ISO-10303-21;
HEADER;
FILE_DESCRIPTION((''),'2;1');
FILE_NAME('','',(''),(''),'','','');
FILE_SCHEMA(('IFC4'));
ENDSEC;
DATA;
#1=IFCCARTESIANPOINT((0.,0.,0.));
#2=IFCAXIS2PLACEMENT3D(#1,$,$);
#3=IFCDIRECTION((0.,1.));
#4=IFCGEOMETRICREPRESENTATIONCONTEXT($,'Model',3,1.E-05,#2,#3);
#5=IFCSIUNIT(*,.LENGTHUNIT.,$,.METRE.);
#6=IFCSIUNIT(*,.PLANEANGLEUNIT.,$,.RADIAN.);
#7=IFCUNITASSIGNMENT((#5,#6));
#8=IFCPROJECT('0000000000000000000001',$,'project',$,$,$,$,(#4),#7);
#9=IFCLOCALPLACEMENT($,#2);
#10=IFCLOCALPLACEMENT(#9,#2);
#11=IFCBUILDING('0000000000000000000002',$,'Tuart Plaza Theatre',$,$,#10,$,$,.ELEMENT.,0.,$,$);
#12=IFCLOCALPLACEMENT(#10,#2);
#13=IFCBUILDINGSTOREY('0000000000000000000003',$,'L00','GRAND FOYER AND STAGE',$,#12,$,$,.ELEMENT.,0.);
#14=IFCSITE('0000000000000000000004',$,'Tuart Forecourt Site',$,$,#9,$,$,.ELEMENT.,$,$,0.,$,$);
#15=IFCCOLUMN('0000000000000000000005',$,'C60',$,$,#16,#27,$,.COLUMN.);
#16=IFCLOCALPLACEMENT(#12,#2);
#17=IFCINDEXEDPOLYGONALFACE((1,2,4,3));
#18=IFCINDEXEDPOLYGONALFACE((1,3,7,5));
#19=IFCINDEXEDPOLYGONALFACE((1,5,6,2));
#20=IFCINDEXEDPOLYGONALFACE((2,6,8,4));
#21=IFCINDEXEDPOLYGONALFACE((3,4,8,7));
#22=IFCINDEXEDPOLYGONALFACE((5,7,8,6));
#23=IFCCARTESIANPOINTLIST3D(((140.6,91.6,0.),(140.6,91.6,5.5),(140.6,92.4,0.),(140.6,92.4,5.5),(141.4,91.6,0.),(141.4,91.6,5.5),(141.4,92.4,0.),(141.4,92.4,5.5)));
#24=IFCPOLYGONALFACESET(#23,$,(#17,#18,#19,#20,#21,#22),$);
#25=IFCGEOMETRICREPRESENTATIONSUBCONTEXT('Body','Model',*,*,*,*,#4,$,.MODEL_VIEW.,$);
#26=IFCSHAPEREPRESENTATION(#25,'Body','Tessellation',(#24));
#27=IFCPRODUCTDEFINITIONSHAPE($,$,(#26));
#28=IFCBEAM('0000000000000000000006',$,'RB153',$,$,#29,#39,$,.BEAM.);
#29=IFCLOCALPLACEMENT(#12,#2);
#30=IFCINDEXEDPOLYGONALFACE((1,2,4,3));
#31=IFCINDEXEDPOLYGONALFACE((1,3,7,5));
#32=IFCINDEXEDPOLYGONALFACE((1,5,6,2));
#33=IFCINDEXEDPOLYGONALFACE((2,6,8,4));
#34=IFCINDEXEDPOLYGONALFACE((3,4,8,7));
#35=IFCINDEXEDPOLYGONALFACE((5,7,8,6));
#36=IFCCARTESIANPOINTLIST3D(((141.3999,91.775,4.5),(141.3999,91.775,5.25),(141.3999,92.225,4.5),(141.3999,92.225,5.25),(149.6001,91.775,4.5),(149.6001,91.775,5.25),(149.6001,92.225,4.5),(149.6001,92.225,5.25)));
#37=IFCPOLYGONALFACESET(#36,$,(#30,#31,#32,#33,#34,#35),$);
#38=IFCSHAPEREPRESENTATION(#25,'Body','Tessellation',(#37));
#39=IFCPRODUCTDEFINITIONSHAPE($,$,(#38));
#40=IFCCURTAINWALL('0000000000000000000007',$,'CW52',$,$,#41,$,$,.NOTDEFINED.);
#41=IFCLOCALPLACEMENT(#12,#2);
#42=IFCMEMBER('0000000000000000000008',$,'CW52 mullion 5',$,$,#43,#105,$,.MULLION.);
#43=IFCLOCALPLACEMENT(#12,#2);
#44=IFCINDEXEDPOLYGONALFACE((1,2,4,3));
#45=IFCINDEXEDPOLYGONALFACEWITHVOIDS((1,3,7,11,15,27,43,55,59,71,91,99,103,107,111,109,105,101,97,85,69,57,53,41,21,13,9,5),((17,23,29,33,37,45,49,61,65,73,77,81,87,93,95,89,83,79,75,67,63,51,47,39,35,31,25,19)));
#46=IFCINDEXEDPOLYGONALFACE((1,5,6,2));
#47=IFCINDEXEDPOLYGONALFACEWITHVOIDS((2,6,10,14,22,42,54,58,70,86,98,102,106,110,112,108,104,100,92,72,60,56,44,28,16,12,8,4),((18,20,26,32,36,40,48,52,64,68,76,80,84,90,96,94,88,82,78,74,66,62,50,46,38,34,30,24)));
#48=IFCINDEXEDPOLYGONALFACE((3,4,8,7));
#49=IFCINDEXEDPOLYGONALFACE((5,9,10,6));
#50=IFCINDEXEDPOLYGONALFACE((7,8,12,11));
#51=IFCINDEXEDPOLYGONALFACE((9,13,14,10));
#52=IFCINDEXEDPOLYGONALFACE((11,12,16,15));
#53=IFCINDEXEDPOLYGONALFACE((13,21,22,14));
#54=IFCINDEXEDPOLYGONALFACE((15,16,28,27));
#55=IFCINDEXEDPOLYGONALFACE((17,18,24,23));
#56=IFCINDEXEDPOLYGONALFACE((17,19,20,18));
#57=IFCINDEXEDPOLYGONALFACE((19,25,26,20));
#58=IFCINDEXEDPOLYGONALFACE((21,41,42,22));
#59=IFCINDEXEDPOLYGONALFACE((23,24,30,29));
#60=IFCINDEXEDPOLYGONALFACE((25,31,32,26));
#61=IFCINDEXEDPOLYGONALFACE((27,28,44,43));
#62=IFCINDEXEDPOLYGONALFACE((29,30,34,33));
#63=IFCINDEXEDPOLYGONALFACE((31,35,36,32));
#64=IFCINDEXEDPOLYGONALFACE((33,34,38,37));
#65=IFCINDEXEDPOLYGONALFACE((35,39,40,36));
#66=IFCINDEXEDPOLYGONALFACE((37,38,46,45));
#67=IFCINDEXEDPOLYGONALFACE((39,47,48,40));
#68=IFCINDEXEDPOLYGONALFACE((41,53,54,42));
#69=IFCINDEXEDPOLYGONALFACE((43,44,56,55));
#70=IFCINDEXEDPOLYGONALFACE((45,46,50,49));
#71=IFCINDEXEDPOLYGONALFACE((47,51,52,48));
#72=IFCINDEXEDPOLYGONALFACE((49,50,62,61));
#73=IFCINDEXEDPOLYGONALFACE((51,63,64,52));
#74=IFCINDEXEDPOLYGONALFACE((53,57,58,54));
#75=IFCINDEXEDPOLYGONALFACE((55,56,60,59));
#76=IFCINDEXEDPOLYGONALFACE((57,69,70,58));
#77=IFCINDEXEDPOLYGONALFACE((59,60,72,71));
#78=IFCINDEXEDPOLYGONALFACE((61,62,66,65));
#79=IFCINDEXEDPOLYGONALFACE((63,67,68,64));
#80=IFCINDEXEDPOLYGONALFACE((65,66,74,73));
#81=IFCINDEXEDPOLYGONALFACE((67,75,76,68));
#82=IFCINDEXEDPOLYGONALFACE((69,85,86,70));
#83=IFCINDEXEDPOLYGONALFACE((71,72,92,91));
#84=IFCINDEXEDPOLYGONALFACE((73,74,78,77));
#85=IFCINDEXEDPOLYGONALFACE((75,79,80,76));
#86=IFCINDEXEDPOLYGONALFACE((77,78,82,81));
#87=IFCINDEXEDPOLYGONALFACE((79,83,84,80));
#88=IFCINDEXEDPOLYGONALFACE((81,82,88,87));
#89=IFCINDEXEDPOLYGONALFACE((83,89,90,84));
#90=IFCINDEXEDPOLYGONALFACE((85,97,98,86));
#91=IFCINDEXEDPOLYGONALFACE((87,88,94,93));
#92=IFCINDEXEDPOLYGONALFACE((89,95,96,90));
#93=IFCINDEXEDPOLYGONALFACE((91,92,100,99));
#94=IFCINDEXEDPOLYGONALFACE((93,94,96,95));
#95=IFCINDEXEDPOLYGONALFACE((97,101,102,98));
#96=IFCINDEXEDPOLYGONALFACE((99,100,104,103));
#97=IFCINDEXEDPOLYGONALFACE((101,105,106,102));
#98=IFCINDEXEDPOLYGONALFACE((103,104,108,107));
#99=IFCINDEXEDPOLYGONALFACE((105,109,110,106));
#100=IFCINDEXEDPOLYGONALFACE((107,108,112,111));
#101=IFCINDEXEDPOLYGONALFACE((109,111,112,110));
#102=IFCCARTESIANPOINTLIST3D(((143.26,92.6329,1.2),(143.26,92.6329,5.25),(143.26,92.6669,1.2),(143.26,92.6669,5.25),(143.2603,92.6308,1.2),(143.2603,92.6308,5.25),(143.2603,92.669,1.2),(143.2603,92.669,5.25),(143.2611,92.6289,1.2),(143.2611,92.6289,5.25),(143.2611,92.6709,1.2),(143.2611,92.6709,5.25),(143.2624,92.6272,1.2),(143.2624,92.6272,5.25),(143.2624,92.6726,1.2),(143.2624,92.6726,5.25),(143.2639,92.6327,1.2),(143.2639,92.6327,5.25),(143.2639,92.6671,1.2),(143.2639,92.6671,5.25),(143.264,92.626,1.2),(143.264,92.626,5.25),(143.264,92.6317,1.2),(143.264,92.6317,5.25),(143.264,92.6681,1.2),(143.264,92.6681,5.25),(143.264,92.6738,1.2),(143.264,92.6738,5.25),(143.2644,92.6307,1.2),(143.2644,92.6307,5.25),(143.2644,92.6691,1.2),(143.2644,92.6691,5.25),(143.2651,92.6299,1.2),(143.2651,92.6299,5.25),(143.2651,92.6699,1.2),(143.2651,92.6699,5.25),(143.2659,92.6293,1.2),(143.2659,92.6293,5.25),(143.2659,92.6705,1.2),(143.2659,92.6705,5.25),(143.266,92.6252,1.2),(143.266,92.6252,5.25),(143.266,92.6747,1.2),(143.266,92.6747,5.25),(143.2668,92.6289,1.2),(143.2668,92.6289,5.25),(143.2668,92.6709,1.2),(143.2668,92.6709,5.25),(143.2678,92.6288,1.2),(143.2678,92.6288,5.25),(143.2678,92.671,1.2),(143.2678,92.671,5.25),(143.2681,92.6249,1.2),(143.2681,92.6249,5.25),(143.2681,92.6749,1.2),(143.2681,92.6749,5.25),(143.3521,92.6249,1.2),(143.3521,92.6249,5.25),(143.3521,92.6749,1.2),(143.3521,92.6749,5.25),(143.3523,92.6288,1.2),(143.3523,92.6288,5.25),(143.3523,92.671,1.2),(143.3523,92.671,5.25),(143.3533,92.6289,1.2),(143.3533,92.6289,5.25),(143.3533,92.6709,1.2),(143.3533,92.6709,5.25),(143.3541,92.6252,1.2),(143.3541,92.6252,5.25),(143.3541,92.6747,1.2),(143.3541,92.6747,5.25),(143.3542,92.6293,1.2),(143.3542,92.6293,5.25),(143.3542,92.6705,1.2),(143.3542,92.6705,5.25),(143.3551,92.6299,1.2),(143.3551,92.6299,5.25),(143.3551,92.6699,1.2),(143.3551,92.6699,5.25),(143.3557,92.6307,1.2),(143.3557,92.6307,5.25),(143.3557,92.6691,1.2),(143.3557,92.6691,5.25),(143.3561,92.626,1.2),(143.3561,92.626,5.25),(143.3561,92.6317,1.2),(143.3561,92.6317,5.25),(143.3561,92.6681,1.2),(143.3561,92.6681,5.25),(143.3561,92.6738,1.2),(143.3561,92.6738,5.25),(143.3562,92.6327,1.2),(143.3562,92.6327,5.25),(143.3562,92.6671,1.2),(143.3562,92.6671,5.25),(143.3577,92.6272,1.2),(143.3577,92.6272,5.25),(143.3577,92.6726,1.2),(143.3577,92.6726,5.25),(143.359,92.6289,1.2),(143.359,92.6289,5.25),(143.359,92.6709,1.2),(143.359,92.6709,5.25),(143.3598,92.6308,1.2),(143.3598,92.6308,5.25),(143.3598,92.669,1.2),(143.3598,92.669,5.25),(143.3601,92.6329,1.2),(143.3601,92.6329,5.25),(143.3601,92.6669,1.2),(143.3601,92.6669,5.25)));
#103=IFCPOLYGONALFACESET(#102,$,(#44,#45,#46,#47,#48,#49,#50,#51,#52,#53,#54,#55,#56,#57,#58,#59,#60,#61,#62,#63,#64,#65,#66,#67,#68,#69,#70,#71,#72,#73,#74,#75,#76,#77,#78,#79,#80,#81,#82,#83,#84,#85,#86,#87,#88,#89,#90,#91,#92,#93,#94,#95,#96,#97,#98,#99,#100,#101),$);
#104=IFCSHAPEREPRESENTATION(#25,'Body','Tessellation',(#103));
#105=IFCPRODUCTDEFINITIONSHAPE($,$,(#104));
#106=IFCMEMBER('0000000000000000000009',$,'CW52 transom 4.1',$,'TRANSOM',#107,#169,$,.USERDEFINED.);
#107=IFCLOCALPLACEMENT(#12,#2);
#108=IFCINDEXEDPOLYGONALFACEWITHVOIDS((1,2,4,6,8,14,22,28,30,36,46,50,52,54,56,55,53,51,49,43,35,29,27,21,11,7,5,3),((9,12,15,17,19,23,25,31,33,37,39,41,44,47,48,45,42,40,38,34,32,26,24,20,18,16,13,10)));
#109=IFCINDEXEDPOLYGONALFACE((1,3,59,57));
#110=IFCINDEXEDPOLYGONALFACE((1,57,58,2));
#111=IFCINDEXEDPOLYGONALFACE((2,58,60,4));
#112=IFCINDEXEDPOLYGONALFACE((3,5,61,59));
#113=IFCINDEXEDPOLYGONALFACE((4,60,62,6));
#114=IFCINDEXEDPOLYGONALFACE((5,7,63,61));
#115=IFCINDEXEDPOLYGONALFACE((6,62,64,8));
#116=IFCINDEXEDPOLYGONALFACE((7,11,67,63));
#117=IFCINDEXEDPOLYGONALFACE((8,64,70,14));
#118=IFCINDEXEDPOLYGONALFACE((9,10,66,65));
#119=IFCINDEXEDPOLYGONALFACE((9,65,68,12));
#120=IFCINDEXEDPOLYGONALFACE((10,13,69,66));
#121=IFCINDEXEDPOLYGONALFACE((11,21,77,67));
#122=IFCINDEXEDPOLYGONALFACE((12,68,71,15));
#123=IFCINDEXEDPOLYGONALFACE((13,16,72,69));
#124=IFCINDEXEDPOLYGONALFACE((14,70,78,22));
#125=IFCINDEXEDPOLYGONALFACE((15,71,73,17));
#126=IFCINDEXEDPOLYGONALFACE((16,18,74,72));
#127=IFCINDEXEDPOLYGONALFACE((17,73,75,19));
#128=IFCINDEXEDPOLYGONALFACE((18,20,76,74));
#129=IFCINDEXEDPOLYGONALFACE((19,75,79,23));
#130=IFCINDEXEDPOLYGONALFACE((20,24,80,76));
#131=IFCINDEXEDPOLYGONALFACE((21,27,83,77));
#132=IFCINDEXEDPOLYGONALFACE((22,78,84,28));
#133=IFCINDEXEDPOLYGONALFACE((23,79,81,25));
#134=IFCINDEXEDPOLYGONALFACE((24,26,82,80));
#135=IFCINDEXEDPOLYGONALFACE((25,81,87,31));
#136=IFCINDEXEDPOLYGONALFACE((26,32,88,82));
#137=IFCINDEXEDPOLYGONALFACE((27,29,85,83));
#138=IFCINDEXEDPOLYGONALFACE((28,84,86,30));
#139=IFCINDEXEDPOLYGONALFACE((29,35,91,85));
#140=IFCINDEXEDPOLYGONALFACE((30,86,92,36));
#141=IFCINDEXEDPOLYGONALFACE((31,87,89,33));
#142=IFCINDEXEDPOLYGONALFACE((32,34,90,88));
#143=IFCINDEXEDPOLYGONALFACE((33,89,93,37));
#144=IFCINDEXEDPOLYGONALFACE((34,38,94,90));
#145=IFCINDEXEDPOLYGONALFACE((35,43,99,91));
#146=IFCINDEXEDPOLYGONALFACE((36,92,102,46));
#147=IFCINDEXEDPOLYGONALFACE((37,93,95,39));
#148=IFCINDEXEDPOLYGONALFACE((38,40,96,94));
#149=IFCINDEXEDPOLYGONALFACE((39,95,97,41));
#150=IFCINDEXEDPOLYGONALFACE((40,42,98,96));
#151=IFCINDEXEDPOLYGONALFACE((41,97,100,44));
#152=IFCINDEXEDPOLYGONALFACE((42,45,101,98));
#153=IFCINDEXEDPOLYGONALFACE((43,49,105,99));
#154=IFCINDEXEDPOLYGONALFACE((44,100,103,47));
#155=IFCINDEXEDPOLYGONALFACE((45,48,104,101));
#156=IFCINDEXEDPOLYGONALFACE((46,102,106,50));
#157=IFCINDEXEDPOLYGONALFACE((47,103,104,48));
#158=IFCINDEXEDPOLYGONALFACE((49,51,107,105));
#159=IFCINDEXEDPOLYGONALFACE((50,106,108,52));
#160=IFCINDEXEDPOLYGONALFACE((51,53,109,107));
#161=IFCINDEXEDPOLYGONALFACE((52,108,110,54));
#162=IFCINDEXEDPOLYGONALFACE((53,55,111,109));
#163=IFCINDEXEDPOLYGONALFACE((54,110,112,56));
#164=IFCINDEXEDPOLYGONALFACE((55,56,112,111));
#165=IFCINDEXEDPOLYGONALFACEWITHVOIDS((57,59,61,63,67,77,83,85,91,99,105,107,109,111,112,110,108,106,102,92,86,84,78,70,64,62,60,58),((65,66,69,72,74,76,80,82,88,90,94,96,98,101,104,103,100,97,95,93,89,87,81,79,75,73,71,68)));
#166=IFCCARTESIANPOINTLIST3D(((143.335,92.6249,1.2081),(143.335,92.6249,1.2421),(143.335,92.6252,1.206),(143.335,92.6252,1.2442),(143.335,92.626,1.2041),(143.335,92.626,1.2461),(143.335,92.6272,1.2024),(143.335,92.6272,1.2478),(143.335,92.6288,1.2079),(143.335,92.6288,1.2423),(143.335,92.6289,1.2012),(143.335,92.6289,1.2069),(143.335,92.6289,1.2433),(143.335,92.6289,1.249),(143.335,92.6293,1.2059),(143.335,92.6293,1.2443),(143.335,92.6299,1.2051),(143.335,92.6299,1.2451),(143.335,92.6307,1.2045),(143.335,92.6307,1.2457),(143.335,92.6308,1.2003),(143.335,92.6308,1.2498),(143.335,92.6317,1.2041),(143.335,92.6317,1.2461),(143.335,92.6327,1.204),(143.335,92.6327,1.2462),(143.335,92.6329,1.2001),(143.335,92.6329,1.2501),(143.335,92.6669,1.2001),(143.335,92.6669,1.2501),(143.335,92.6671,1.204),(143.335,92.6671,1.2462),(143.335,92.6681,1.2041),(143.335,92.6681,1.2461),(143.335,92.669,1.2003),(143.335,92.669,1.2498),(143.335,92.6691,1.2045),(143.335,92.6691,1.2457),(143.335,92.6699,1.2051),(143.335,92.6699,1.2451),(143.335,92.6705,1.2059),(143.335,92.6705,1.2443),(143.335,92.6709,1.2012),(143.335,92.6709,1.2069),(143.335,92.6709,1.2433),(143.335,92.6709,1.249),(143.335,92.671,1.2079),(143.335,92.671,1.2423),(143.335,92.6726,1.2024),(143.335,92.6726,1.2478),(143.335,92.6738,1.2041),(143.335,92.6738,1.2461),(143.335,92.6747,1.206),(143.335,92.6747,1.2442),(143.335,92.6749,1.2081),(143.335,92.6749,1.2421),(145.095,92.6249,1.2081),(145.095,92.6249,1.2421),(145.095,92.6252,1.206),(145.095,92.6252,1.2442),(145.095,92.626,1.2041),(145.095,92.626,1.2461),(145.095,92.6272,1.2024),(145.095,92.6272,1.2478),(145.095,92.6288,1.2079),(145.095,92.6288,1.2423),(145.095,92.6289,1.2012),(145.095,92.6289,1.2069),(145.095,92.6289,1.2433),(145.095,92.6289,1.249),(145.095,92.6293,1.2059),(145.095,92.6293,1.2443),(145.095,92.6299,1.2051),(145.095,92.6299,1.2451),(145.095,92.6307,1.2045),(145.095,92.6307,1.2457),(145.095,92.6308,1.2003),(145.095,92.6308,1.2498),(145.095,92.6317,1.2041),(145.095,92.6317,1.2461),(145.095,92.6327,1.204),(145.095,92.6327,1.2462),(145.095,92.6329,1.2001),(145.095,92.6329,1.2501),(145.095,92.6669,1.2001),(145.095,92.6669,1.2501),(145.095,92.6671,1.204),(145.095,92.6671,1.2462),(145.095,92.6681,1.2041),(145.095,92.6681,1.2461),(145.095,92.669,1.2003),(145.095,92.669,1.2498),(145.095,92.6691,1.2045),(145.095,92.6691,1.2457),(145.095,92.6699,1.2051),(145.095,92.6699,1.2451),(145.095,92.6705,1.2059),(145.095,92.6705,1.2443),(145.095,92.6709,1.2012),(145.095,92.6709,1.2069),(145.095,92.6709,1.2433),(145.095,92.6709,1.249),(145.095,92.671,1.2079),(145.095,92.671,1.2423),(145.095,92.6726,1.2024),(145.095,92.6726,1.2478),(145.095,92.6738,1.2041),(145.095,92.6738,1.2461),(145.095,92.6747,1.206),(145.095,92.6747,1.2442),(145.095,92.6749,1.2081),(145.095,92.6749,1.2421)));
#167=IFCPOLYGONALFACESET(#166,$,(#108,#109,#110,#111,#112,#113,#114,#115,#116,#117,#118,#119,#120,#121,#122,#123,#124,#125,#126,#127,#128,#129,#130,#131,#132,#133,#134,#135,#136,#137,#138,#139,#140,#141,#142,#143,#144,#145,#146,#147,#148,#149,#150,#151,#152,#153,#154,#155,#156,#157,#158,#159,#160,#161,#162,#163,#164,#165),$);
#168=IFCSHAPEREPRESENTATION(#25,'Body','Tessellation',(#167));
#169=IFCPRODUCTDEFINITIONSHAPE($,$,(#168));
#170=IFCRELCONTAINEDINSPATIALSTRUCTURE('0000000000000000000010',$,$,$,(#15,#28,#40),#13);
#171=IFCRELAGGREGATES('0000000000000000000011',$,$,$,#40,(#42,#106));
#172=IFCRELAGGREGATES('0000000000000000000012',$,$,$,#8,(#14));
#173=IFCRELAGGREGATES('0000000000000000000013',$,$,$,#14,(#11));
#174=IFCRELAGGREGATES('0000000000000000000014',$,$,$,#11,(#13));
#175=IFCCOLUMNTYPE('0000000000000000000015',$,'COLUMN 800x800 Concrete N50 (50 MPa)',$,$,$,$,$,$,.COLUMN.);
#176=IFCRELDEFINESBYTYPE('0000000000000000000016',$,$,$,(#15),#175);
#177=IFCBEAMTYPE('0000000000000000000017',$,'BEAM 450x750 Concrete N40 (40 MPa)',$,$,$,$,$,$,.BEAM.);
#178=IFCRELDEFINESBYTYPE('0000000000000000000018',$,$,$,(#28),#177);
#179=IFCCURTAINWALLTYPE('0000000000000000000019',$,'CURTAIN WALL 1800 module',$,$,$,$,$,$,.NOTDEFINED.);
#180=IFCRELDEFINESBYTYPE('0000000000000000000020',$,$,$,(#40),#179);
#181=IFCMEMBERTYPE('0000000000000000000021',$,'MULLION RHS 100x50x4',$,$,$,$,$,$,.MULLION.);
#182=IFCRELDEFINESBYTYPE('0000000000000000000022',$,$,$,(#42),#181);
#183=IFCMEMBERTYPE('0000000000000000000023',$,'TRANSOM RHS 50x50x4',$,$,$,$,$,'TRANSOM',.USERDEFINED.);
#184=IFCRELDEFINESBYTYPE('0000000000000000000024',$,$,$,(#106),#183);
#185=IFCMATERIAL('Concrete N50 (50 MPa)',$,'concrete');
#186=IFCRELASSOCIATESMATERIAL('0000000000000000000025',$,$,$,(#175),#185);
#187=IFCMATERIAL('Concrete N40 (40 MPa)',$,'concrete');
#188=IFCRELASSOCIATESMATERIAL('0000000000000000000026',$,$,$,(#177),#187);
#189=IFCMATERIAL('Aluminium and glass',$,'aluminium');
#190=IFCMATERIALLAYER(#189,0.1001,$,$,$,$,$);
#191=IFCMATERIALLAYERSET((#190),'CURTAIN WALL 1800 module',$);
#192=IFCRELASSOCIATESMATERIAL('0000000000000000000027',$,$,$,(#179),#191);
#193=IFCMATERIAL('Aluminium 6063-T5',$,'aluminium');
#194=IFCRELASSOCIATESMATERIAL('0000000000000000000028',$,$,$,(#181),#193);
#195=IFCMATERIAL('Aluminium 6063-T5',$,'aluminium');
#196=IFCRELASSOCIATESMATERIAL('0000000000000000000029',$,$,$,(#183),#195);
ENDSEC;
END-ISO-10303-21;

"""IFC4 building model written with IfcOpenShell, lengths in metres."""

from ifc_helpers import new_model, si_unit, direction, frame, origin, origin_2d, place, context, subcontext, project, spatial, rectangle, hollow_rectangle, extrude, material, layer, layer_set, material_profile, profile_set, type_object, element, aggregate, save


model = new_model("IFC4")

# Units and contexts
model_context = context("Model", 3, precision=1e-05, world=origin(), true_north=direction((0.0, 1.0)))
body_context = subcontext(model_context, "Body", "Model", "MODEL_VIEW")
ifc_project = project(units=[si_unit("LENGTHUNIT", "METRE"), si_unit("PLANEANGLEUNIT", "RADIAN")], contexts=[model_context])

# Site, building, storey
site_placement = place(None, origin())
site = spatial("IfcSite", under=ifc_project, at=site_placement, Name="Tuart Forecourt Site", CompositionType="ELEMENT", RefElevation=0.0)
building_placement = place(site_placement, origin())
building = spatial("IfcBuilding", under=site, at=building_placement, Name="Tuart Plaza Theatre", CompositionType="ELEMENT", ElevationOfRefHeight=0.0)
storey_placement = place(building_placement, origin())
storey = spatial("IfcBuildingStorey", under=building, at=storey_placement, Name="L00", Description="GRAND FOYER AND STAGE", CompositionType="ELEMENT", Elevation=0.0)

# Column
ifc_material_1 = material(Name="Concrete N50 (50 MPa)", Category="concrete")
ifc_material_profile_1 = material_profile(ifc_material_1, rectangle(XDim=0.8, YDim=0.8, at=origin_2d()), Name="COLUMN 800x800 Concrete N50 (50 MPa)")
ifc_profile_set_1 = profile_set([ifc_material_profile_1], Name="Concrete N50 (50 MPa)")
column_type = type_object("IfcColumnType", Name="COLUMN 800x800 Concrete N50 (50 MPa)", PredefinedType="COLUMN", material=ifc_profile_set_1)
column_placement = place(storey_placement, frame((141.0, 92.0, 0.0), z_axis=(0.0, 0.0, 1.0), x_axis=(1.0, 0.0, 0.0)))
element("IfcColumn", 1, at=column_placement, inside=storey, type_object=column_type, Name="C60", PredefinedType="COLUMN", context=body_context, shape_type="SweptSolid", body=[
    extrude(rectangle(XDim=0.8, YDim=0.8, at=origin_2d()), origin(), (0.0, 0.0, 1.0), 5.5),
])

# Beam
ifc_material_2 = material(Name="Concrete N40 (40 MPa)", Category="concrete")
ifc_material_profile_2 = material_profile(ifc_material_2, rectangle(XDim=0.45, YDim=0.75, at=origin_2d()), Name="BEAM 450x750 Concrete N40 (40 MPa)")
ifc_profile_set_2 = profile_set([ifc_material_profile_2], Name="Concrete N40 (40 MPa)")
beam_type = type_object("IfcBeamType", Name="BEAM 450x750 Concrete N40 (40 MPa)", PredefinedType="BEAM", material=ifc_profile_set_2)
beam_placement = place(storey_placement, frame((141.3999, 92.0, 4.875), z_axis=(1.0, 0.0, 0.0), x_axis=(0.0, 1.0, 0.0)))
element("IfcBeam", 2, at=beam_placement, inside=storey, type_object=beam_type, Name="RB153", PredefinedType="BEAM", context=body_context, shape_type="SweptSolid", body=[
    extrude(rectangle(XDim=0.45, YDim=0.75, at=origin_2d()), origin(), (0.0, 0.0, 1.0), 8.2002),
])

# Curtain wall, members
ifc_material_3 = material(Name="Aluminium and glass", Category="aluminium")
ifc_layer_1 = layer(ifc_material_3, 0.1001)
ifc_layer_set_1 = layer_set([ifc_layer_1], Name="CURTAIN WALL 1800 module")
curtain_wall_type_1 = type_object("IfcCurtainWallType", Name="CURTAIN WALL 1800 module", PredefinedType="NOTDEFINED", material=ifc_layer_set_1)
curtain_wall_1_placement = place(storey_placement, origin())
curtain_wall_1 = element("IfcCurtainWall", 3, at=curtain_wall_1_placement, inside=storey, type_object=curtain_wall_type_1, Name="CW52", PredefinedType="NOTDEFINED")
ifc_material_4 = material(Name="Aluminium 6063-T5", Category="aluminium")
ifc_material_profile_3 = material_profile(ifc_material_4, hollow_rectangle(XDim=0.05, YDim=0.1001, WallThickness=0.0039, InnerFilletRadius=0.0039, OuterFilletRadius=0.0081, at=origin_2d()), Name="RHS 100x50x4")
ifc_profile_set_3 = profile_set([ifc_material_profile_3], Name="Aluminium 6063-T5")
member_type_1 = type_object("IfcMemberType", Name="MULLION RHS 100x50x4", PredefinedType="MULLION", material=ifc_profile_set_3)
member_1_placement = place(storey_placement, frame((143.3101, 92.6499, 1.2), z_axis=(0.0, 0.0, 1.0), x_axis=(0.0, -1.0, 0.0)))
member_1 = element("IfcMember", 4, at=member_1_placement, type_object=member_type_1, Name="CW52 mullion 5", PredefinedType="MULLION", context=body_context, shape_type="SweptSolid", body=[
    extrude(hollow_rectangle(XDim=0.05, YDim=0.1001, WallThickness=0.0039, InnerFilletRadius=0.0039, OuterFilletRadius=0.0081, at=origin_2d()), origin(), (0.0, 0.0, 1.0), 4.05),
])
ifc_material_5 = material(Name="Aluminium 6063-T5", Category="aluminium")
ifc_material_profile_4 = material_profile(ifc_material_5, hollow_rectangle(XDim=0.05, YDim=0.05, WallThickness=0.0039, InnerFilletRadius=0.0039, OuterFilletRadius=0.0081, at=origin_2d()), Name="RHS 50x50x4")
ifc_profile_set_4 = profile_set([ifc_material_profile_4], Name="Aluminium 6063-T5")
member_type_2 = type_object("IfcMemberType", Name="TRANSOM RHS 50x50x4", ElementType="TRANSOM", PredefinedType="USERDEFINED", material=ifc_profile_set_4)
member_2_placement = place(storey_placement, frame((145.095, 92.6499, 1.2251), z_axis=(-1.0, 0.0, 0.0), x_axis=(0.0, -1.0, 0.0)))
member_2 = element("IfcMember", 5, at=member_2_placement, type_object=member_type_2, Name="CW52 transom 4.1", ObjectType="TRANSOM", PredefinedType="USERDEFINED", context=body_context, shape_type="SweptSolid", body=[
    extrude(hollow_rectangle(XDim=0.05, YDim=0.05, WallThickness=0.0039, InnerFilletRadius=0.0039, OuterFilletRadius=0.0081, at=origin_2d()), origin(), (0.0, 0.0, 1.0), 1.76),
])

aggregate(curtain_wall_1, [member_1, member_2])

save(model, "model.ifc")
